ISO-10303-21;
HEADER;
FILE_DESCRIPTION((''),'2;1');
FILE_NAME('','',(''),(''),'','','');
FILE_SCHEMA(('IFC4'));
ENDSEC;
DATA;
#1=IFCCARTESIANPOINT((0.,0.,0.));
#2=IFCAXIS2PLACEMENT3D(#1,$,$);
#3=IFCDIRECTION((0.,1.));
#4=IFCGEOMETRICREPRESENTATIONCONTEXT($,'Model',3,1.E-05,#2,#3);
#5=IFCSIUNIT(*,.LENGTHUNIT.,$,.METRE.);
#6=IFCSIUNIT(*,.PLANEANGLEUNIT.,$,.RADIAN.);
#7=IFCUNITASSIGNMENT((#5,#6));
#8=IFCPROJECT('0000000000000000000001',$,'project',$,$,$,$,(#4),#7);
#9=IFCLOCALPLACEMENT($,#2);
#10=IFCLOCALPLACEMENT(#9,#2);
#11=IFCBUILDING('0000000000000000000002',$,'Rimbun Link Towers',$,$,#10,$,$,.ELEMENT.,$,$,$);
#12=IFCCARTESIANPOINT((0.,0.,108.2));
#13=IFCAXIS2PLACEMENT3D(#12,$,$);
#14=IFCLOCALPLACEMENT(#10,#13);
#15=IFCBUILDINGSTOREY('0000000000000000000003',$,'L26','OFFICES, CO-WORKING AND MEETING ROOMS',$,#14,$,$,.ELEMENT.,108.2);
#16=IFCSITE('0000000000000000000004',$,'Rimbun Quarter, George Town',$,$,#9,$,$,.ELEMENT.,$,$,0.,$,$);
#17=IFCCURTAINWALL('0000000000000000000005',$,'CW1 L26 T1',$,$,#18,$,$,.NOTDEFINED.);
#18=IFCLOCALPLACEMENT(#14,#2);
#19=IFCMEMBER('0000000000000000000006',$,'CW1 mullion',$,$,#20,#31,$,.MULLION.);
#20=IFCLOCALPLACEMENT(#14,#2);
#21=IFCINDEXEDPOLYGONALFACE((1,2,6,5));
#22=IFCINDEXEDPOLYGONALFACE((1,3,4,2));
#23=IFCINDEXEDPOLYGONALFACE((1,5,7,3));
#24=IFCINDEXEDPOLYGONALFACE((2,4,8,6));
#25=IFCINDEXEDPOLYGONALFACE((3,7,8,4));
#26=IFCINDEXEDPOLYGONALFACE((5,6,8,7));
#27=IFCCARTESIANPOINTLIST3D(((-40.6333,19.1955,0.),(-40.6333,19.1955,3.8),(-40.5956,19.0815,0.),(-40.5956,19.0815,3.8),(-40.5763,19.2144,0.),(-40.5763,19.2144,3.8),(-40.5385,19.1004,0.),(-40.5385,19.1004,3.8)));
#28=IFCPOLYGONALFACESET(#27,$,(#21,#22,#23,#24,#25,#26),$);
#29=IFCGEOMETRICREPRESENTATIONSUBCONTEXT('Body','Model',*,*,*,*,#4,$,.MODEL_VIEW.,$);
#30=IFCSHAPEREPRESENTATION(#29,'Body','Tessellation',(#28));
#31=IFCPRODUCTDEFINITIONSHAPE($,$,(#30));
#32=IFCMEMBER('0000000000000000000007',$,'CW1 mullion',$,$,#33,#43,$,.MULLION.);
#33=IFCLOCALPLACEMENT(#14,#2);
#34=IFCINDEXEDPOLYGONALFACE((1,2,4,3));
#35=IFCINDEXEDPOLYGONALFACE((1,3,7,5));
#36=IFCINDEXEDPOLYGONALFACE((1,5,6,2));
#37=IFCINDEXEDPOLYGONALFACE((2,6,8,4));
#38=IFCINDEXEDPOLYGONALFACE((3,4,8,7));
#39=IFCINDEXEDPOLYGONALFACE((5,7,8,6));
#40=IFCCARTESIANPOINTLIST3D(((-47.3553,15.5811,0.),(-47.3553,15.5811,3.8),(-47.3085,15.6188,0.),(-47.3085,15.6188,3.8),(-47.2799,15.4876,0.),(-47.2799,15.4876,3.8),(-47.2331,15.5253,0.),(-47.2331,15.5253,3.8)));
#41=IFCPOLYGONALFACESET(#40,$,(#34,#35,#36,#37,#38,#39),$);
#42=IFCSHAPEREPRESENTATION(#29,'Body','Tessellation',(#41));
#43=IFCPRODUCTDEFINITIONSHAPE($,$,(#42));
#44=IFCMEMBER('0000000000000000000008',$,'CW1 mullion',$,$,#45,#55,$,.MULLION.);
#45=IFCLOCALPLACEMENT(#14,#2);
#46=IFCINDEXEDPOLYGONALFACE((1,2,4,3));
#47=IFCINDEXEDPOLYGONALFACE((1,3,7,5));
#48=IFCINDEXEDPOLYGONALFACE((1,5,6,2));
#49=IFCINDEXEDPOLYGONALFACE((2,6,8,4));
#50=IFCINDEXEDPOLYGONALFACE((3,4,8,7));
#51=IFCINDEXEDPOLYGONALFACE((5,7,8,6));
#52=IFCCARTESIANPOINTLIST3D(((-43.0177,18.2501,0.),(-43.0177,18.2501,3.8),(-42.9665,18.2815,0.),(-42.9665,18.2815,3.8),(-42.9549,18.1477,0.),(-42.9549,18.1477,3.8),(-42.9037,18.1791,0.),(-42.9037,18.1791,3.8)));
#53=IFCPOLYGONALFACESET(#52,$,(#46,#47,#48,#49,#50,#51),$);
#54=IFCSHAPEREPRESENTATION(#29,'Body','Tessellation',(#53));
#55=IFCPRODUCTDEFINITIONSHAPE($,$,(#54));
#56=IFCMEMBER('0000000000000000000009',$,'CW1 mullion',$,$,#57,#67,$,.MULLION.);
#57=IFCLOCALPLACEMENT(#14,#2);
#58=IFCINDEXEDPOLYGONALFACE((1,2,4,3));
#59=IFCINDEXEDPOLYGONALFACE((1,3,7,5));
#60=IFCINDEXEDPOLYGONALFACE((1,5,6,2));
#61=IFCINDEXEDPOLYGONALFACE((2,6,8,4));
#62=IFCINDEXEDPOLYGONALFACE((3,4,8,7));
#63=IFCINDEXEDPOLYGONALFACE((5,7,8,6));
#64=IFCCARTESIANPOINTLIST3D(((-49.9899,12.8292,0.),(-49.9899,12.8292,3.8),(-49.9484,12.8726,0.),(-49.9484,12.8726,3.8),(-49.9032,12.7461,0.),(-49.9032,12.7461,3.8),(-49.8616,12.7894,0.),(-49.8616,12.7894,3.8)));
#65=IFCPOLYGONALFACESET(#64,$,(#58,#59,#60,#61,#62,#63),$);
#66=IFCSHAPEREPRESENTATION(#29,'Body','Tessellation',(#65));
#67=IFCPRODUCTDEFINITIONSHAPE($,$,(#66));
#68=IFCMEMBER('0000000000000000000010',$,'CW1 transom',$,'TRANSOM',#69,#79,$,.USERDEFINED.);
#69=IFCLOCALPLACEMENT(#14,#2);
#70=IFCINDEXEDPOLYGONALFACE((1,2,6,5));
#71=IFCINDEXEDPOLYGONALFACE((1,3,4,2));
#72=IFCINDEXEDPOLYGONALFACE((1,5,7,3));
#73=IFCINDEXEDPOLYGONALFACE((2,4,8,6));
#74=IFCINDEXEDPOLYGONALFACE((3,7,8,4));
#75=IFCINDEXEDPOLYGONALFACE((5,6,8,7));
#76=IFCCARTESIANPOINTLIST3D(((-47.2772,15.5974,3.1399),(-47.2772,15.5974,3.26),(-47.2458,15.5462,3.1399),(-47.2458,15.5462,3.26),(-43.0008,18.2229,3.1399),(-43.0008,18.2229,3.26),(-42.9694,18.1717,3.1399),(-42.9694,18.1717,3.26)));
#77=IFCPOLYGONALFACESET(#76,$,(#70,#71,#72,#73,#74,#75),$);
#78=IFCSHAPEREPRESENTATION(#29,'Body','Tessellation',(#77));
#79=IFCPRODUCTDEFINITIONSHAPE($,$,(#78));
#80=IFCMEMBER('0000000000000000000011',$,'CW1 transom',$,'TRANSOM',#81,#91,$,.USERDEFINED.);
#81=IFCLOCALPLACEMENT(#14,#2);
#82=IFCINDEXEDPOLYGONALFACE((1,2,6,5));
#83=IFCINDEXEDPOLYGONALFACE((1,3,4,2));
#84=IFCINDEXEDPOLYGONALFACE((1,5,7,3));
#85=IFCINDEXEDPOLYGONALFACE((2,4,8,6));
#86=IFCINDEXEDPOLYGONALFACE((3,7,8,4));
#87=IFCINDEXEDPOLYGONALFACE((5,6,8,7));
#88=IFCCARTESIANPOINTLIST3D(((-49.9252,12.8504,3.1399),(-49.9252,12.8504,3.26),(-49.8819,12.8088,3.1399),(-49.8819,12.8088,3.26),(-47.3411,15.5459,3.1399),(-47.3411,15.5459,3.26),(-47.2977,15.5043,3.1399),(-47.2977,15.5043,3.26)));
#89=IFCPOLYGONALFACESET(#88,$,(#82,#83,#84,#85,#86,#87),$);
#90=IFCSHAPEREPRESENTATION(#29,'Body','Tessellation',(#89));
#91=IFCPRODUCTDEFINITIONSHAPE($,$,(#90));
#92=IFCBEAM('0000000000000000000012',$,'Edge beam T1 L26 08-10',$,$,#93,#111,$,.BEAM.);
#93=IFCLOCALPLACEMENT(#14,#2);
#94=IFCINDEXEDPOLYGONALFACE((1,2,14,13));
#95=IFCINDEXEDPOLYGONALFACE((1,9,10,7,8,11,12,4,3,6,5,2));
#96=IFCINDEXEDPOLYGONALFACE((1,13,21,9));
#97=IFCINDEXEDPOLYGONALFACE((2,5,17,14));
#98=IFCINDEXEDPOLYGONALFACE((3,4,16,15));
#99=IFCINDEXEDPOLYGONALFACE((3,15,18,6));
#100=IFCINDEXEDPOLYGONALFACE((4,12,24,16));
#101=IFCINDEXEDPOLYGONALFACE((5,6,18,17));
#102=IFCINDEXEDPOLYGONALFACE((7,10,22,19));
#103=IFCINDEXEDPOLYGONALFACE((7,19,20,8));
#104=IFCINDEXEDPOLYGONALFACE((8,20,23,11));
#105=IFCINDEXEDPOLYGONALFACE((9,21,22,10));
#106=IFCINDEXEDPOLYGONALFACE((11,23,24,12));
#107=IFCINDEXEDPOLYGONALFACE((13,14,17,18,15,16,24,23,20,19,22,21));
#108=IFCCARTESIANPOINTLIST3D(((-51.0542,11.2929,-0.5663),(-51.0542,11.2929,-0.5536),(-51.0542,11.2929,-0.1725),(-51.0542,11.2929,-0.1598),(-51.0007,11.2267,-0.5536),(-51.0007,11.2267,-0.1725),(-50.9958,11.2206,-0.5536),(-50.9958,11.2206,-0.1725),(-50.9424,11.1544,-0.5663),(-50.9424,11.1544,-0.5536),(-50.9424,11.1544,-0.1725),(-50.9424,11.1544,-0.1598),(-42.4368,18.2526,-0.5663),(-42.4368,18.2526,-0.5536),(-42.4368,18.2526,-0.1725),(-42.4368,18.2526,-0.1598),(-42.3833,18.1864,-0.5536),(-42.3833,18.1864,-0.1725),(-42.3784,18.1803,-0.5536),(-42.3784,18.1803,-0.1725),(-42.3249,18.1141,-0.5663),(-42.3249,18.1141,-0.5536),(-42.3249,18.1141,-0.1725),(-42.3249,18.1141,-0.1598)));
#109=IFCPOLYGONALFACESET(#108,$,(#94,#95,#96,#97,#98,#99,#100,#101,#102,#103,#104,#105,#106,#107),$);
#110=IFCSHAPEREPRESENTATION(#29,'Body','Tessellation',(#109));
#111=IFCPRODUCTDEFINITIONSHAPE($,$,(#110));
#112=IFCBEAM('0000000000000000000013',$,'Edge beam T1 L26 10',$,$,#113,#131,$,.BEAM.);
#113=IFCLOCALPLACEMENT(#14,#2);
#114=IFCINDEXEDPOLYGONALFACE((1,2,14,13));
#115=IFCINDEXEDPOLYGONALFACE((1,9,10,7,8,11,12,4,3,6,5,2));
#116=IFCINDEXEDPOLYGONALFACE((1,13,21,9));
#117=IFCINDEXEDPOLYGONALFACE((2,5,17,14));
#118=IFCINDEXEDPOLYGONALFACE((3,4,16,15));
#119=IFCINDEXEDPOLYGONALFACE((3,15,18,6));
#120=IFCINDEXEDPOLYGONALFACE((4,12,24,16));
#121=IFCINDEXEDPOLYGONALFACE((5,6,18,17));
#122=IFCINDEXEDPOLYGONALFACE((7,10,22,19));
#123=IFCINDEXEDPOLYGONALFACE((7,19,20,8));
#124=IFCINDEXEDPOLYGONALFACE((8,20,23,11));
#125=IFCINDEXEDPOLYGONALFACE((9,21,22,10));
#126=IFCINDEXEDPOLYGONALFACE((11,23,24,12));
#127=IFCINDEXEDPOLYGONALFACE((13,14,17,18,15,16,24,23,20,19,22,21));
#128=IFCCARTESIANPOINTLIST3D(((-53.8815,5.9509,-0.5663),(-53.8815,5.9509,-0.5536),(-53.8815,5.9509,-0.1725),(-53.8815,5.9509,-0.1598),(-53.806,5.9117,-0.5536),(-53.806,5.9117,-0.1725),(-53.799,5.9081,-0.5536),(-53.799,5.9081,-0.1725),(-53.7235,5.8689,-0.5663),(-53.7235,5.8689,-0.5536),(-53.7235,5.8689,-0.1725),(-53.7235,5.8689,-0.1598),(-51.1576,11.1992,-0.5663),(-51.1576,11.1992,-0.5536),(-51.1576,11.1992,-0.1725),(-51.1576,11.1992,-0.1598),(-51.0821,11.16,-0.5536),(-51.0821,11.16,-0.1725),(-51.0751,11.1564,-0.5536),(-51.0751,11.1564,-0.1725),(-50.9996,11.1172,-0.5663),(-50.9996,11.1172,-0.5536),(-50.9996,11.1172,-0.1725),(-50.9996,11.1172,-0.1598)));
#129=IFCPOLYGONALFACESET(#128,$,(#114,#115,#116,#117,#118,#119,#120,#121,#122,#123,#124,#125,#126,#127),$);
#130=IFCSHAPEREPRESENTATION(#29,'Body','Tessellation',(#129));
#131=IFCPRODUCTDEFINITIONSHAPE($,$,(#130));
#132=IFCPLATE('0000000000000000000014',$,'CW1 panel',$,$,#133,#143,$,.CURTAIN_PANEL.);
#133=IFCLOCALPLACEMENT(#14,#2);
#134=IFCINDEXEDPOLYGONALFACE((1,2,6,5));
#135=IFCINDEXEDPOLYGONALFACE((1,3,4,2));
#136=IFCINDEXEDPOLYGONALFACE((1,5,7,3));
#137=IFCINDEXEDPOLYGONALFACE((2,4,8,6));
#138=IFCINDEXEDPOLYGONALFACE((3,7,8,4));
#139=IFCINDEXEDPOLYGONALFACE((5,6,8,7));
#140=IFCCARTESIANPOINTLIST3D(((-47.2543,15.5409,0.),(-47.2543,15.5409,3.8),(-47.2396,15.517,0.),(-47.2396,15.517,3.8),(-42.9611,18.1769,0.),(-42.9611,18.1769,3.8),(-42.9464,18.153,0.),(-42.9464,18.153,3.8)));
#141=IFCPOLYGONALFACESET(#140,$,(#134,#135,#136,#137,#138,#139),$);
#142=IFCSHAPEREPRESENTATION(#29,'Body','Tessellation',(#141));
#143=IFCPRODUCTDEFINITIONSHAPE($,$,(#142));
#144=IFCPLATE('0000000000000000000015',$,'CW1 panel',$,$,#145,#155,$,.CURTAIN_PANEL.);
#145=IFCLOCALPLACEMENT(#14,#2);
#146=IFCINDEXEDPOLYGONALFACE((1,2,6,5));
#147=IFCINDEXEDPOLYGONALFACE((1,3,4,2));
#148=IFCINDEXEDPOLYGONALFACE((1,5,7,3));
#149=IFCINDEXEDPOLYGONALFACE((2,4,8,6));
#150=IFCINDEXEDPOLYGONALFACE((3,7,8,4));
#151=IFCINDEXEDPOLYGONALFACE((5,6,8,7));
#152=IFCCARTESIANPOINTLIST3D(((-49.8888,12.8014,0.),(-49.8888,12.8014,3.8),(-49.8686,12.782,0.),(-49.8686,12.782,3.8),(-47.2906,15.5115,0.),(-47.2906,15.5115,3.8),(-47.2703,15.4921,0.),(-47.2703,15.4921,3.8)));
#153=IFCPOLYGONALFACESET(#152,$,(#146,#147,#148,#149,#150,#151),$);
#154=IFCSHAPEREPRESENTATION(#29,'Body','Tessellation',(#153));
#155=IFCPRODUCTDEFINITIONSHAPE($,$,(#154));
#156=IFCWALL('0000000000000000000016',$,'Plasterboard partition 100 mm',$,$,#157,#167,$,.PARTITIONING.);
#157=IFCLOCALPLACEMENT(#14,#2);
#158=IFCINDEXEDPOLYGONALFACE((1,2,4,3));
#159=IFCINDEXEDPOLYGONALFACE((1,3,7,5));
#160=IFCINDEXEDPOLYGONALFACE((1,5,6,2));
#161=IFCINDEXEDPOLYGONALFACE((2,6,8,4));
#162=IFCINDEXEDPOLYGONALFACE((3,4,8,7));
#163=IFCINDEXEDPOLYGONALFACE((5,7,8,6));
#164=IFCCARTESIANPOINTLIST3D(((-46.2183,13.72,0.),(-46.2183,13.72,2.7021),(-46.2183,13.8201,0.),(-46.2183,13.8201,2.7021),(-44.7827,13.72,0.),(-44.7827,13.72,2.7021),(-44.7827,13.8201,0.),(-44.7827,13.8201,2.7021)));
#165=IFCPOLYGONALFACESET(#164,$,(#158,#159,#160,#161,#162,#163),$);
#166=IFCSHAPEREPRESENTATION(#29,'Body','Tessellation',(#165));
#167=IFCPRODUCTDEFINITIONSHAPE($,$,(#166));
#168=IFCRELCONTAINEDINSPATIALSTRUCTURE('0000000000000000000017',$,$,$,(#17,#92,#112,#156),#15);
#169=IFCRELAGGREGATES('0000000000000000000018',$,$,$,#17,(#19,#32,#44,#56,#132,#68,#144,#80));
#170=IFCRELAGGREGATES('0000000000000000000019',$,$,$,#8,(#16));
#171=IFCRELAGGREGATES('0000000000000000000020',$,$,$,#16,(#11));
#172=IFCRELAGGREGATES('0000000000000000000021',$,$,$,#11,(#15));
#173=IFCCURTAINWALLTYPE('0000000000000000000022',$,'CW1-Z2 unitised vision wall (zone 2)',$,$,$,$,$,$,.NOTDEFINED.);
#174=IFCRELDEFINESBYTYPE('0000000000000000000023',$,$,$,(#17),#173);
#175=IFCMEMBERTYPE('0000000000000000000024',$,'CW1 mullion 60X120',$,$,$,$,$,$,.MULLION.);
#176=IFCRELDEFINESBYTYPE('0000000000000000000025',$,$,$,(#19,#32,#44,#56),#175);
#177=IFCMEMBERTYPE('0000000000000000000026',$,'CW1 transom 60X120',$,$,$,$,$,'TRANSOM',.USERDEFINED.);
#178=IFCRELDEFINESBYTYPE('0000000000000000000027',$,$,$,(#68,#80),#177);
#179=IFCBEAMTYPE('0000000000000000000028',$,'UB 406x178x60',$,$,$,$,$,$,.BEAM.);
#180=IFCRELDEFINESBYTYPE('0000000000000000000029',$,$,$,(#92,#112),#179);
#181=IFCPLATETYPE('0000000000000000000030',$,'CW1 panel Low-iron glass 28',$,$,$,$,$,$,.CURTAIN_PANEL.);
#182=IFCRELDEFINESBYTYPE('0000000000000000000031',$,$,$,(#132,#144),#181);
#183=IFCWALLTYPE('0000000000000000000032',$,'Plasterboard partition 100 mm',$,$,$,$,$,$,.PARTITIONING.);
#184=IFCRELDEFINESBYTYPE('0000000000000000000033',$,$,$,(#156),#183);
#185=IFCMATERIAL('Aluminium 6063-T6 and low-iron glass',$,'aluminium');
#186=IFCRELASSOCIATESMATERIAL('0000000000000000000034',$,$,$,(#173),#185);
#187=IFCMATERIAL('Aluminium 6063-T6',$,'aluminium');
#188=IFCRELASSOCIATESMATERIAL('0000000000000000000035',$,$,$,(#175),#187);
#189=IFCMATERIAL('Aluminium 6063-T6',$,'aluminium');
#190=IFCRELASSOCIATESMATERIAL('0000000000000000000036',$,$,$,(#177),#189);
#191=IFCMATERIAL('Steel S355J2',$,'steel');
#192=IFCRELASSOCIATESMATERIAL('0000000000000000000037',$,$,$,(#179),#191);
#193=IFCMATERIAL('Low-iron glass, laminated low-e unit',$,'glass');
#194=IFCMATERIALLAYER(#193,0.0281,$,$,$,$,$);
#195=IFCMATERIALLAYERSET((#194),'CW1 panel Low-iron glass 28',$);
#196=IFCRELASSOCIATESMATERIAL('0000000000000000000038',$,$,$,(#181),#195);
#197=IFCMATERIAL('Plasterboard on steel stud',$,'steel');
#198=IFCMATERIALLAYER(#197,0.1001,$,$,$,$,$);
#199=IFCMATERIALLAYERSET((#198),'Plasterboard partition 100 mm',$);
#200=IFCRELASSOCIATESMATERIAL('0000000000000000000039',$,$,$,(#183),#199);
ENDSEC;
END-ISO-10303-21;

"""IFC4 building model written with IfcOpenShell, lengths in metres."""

from ifc_helpers import new_model, si_unit, direction, frame, frame_2d, origin, origin_2d, place, context, subcontext, project, spatial, rectangle, i_section, extrude, material, layer, layer_set, material_profile, profile_set, type_object, element, aggregate, save


model = new_model("IFC4")

# Units and contexts
model_context = context("Model", 3, precision=1e-05, world=origin(), true_north=direction((0.0, 1.0)))
body_context = subcontext(model_context, "Body", "Model", "MODEL_VIEW")
ifc_project = project(units=[si_unit("LENGTHUNIT", "METRE"), si_unit("PLANEANGLEUNIT", "RADIAN")], contexts=[model_context])

# Site, building, storey
site_placement = place(None, origin())
site = spatial("IfcSite", under=ifc_project, at=site_placement, Name="Rimbun Quarter, George Town", CompositionType="ELEMENT", RefElevation=0.0)
building_placement = place(site_placement, origin())
building = spatial("IfcBuilding", under=site, at=building_placement, Name="Rimbun Link Towers", CompositionType="ELEMENT")
storey_placement = place(building_placement, frame((0.0, 0.0, 108.2)))
storey = spatial("IfcBuildingStorey", under=building, at=storey_placement, Name="L26", Description="OFFICES, CO-WORKING AND MEETING ROOMS", CompositionType="ELEMENT", Elevation=108.2)

# Curtain wall, members
ifc_material_1 = material(Name="Aluminium 6063-T6 and low-iron glass", Category="aluminium")
curtain_wall_type = type_object("IfcCurtainWallType", Name="CW1-Z2 unitised vision wall (zone 2)", PredefinedType="NOTDEFINED", material=ifc_material_1)
curtain_wall_placement = place(storey_placement, origin())
curtain_wall = element("IfcCurtainWall", 1, at=curtain_wall_placement, inside=storey, type_object=curtain_wall_type, Name="CW1 L26 T1", PredefinedType="NOTDEFINED")
ifc_material_2 = material(Name="Aluminium 6063-T6", Category="aluminium")
ifc_material_profile_1 = material_profile(ifc_material_2, rectangle(XDim=0.1201, YDim=0.0601, at=origin_2d()), Name="MULLION 60X120")
ifc_profile_set_1 = profile_set([ifc_material_profile_1], Name="Aluminium 6063-T6")
member_type_1 = type_object("IfcMemberType", Name="CW1 mullion 60X120", PredefinedType="MULLION", material=ifc_profile_set_1)
member_1_placement = place(storey_placement, frame((-40.5859, 19.1479, 0.0), z_axis=(0.0, 0.0, 1.0), x_axis=(-0.314562, 0.949237, 0.0)))
member_1 = element("IfcMember", 2, at=member_1_placement, type_object=member_type_1, Name="CW1 mullion", PredefinedType="MULLION", context=body_context, shape_type="SweptSolid", body=[
    extrude(rectangle(XDim=0.1201, YDim=0.0601, at=origin_2d()), origin(), (0.0, 0.0, 1.0), 3.8),
])
member_2_placement = place(storey_placement, frame((-47.2942, 15.5532, 0.0), z_axis=(0.0, 0.0, 1.0), x_axis=(-0.62767, 0.778479, 0.0)))
member_2 = element("IfcMember", 3, at=member_2_placement, type_object=member_type_1, Name="CW1 mullion", PredefinedType="MULLION", context=body_context, shape_type="SweptSolid", body=[
    extrude(rectangle(XDim=0.1201, YDim=0.0601, at=origin_2d()), origin(), (0.0, 0.0, 1.0), 3.8),
])
member_3_placement = place(storey_placement, frame((-42.9607, 18.2146, 0.0), z_axis=(0.0, 0.0, 1.0), x_axis=(-0.523241, 0.852185, 0.0)))
member_3 = element("IfcMember", 4, at=member_3_placement, type_object=member_type_1, Name="CW1 mullion", PredefinedType="MULLION", context=body_context, shape_type="SweptSolid", body=[
    extrude(rectangle(XDim=0.1201, YDim=0.0601, at=origin_2d()), origin(), (0.0, 0.0, 1.0), 3.8),
])
member_4_placement = place(storey_placement, frame((-49.9258, 12.8093, 0.0), z_axis=(0.0, 0.0, 1.0), x_axis=(-0.721845, 0.692055, 0.0)))
member_4 = element("IfcMember", 5, at=member_4_placement, type_object=member_type_1, Name="CW1 mullion", PredefinedType="MULLION", context=body_context, shape_type="SweptSolid", body=[
    extrude(rectangle(XDim=0.1201, YDim=0.0601, at=origin_2d()), origin(), (0.0, 0.0, 1.0), 3.8),
])
ifc_material_3 = material(Name="Aluminium 6063-T6", Category="aluminium")
ifc_material_profile_2 = material_profile(ifc_material_3, rectangle(XDim=0.0601, YDim=0.1201, at=origin_2d()), Name="TRANSOM 60X120")
ifc_profile_set_2 = profile_set([ifc_material_profile_2], Name="Aluminium 6063-T6")
member_type_2 = type_object("IfcMemberType", Name="CW1 transom 60X120", ElementType="TRANSOM", PredefinedType="USERDEFINED", material=ifc_profile_set_2)
member_5_placement = place(storey_placement, frame((-47.2615, 15.5718, 3.2), z_axis=(0.852202, 0.523212, 0.0), x_axis=(-0.523212, 0.852202, 0.0)))
member_5 = element("IfcMember", 6, at=member_5_placement, type_object=member_type_2, Name="CW1 transom", ObjectType="TRANSOM", PredefinedType="USERDEFINED", context=body_context, shape_type="SweptSolid", body=[
    extrude(rectangle(XDim=0.0601, YDim=0.1201, at=origin_2d()), origin(), (0.0, 0.0, 1.0), 5.0181),
])
member_6_placement = place(storey_placement, frame((-49.9036, 12.8296, 3.2), z_axis=(0.692043, 0.721856, 0.0), x_axis=(-0.721856, 0.692043, 0.0)))
member_6 = element("IfcMember", 7, at=member_6_placement, type_object=member_type_2, Name="CW1 transom", ObjectType="TRANSOM", PredefinedType="USERDEFINED", context=body_context, shape_type="SweptSolid", body=[
    extrude(rectangle(XDim=0.0601, YDim=0.1201, at=origin_2d()), origin(), (0.0, 0.0, 1.0), 3.7341),
])

# Beams
ifc_material_4 = material(Name="Steel S355J2", Category="steel")
ifc_material_profile_3 = material_profile(ifc_material_4, i_section(OverallWidth=0.178, OverallDepth=0.4065, WebThickness=0.0078, FlangeThickness=0.0127, at=origin_2d()), Name="UB 406x178x60")
ifc_profile_set_3 = profile_set([ifc_material_profile_3], Name="Steel S355J2")
beam_type = type_object("IfcBeamType", Name="UB 406x178x60", PredefinedType="BEAM", material=ifc_profile_set_3)
beam_1_placement = place(storey_placement, frame((-42.3809, 18.1833, -0.363), z_axis=(-0.777964, -0.628309, 0.0), x_axis=(0.628309, -0.777964, 0.0)))
element("IfcBeam", 8, at=beam_1_placement, inside=storey, type_object=beam_type, Name="Edge beam T1 L26 08-10", PredefinedType="BEAM", context=body_context, shape_type="SweptSolid", body=[
    extrude(i_section(OverallWidth=0.178, OverallDepth=0.4065, WebThickness=0.0078, FlangeThickness=0.0127, at=origin_2d()), origin(), (0.0, 0.0, 1.0), 11.0769),
])
beam_2_placement = place(storey_placement, frame((-51.0786, 11.1582, -0.363), z_axis=(-0.460656, -0.887579, 0.0), x_axis=(0.887579, -0.460656, 0.0)))
element("IfcBeam", 9, at=beam_2_placement, inside=storey, type_object=beam_type, Name="Edge beam T1 L26 10", PredefinedType="BEAM", context=body_context, shape_type="SweptSolid", body=[
    extrude(i_section(OverallWidth=0.178, OverallDepth=0.4065, WebThickness=0.0078, FlangeThickness=0.0127, at=origin_2d()), origin(), (0.0, 0.0, 1.0), 5.9131),
])

# Plates
ifc_material_5 = material(Name="Low-iron glass, laminated low-e unit", Category="glass")
ifc_layer_1 = layer(ifc_material_5, 0.0281)
ifc_layer_set_1 = layer_set([ifc_layer_1], Name="CW1 panel Low-iron glass 28")
plate_type = type_object("IfcPlateType", Name="CW1 panel Low-iron glass 28", PredefinedType="CURTAIN_PANEL", material=ifc_layer_set_1)
plate_1_placement = place(storey_placement, frame((-45.1003, 16.8469, 0.0), z_axis=(0.0, 0.0, 1.0), x_axis=(0.852185, 0.523241, 0.0)))
plate_1 = element("IfcPlate", 10, at=plate_1_placement, type_object=plate_type, Name="CW1 panel", PredefinedType="CURTAIN_PANEL", context=body_context, shape_type="SweptSolid", body=[
    extrude(rectangle(XDim=5.0378, YDim=0.0281, at=origin_2d()), origin(), (0.0, 0.0, 1.0), 3.8),
])
plate_2_placement = place(storey_placement, frame((-48.5796, 14.1467, 0.0), z_axis=(0.0, 0.0, 1.0), x_axis=(0.692055, 0.721845, 0.0)))
plate_2 = element("IfcPlate", 11, at=plate_2_placement, type_object=plate_type, Name="CW1 panel", PredefinedType="CURTAIN_PANEL", context=body_context, shape_type="SweptSolid", body=[
    extrude(rectangle(XDim=3.7544, YDim=0.0281, at=origin_2d()), origin(), (0.0, 0.0, 1.0), 3.8),
])
aggregate(curtain_wall, [member_1, member_2, member_3, member_4, plate_1, member_5, plate_2, member_6])

# Wall
ifc_material_6 = material(Name="Plasterboard on steel stud", Category="steel")
ifc_layer_2 = layer(ifc_material_6, 0.1001)
ifc_layer_set_2 = layer_set([ifc_layer_2], Name="Plasterboard partition 100 mm")
wall_type = type_object("IfcWallType", Name="Plasterboard partition 100 mm", PredefinedType="PARTITIONING", material=ifc_layer_set_2)
wall_placement = place(storey_placement, frame((-44.7827, 13.77, 0.0), z_axis=(0.0, 0.0, 1.0), x_axis=(-1.0, 0.0, 0.0)))
element("IfcWall", 12, at=wall_placement, inside=storey, type_object=wall_type, Name="Plasterboard partition 100 mm", PredefinedType="PARTITIONING", context=body_context, shape_type="SweptSolid", body=[
    extrude(rectangle(XDim=1.4355, YDim=0.1001, at=frame_2d((0.7178, 0.0))), origin(), (0.0, 0.0, 1.0), 2.7021),
])

save(model, "model.ifc")
